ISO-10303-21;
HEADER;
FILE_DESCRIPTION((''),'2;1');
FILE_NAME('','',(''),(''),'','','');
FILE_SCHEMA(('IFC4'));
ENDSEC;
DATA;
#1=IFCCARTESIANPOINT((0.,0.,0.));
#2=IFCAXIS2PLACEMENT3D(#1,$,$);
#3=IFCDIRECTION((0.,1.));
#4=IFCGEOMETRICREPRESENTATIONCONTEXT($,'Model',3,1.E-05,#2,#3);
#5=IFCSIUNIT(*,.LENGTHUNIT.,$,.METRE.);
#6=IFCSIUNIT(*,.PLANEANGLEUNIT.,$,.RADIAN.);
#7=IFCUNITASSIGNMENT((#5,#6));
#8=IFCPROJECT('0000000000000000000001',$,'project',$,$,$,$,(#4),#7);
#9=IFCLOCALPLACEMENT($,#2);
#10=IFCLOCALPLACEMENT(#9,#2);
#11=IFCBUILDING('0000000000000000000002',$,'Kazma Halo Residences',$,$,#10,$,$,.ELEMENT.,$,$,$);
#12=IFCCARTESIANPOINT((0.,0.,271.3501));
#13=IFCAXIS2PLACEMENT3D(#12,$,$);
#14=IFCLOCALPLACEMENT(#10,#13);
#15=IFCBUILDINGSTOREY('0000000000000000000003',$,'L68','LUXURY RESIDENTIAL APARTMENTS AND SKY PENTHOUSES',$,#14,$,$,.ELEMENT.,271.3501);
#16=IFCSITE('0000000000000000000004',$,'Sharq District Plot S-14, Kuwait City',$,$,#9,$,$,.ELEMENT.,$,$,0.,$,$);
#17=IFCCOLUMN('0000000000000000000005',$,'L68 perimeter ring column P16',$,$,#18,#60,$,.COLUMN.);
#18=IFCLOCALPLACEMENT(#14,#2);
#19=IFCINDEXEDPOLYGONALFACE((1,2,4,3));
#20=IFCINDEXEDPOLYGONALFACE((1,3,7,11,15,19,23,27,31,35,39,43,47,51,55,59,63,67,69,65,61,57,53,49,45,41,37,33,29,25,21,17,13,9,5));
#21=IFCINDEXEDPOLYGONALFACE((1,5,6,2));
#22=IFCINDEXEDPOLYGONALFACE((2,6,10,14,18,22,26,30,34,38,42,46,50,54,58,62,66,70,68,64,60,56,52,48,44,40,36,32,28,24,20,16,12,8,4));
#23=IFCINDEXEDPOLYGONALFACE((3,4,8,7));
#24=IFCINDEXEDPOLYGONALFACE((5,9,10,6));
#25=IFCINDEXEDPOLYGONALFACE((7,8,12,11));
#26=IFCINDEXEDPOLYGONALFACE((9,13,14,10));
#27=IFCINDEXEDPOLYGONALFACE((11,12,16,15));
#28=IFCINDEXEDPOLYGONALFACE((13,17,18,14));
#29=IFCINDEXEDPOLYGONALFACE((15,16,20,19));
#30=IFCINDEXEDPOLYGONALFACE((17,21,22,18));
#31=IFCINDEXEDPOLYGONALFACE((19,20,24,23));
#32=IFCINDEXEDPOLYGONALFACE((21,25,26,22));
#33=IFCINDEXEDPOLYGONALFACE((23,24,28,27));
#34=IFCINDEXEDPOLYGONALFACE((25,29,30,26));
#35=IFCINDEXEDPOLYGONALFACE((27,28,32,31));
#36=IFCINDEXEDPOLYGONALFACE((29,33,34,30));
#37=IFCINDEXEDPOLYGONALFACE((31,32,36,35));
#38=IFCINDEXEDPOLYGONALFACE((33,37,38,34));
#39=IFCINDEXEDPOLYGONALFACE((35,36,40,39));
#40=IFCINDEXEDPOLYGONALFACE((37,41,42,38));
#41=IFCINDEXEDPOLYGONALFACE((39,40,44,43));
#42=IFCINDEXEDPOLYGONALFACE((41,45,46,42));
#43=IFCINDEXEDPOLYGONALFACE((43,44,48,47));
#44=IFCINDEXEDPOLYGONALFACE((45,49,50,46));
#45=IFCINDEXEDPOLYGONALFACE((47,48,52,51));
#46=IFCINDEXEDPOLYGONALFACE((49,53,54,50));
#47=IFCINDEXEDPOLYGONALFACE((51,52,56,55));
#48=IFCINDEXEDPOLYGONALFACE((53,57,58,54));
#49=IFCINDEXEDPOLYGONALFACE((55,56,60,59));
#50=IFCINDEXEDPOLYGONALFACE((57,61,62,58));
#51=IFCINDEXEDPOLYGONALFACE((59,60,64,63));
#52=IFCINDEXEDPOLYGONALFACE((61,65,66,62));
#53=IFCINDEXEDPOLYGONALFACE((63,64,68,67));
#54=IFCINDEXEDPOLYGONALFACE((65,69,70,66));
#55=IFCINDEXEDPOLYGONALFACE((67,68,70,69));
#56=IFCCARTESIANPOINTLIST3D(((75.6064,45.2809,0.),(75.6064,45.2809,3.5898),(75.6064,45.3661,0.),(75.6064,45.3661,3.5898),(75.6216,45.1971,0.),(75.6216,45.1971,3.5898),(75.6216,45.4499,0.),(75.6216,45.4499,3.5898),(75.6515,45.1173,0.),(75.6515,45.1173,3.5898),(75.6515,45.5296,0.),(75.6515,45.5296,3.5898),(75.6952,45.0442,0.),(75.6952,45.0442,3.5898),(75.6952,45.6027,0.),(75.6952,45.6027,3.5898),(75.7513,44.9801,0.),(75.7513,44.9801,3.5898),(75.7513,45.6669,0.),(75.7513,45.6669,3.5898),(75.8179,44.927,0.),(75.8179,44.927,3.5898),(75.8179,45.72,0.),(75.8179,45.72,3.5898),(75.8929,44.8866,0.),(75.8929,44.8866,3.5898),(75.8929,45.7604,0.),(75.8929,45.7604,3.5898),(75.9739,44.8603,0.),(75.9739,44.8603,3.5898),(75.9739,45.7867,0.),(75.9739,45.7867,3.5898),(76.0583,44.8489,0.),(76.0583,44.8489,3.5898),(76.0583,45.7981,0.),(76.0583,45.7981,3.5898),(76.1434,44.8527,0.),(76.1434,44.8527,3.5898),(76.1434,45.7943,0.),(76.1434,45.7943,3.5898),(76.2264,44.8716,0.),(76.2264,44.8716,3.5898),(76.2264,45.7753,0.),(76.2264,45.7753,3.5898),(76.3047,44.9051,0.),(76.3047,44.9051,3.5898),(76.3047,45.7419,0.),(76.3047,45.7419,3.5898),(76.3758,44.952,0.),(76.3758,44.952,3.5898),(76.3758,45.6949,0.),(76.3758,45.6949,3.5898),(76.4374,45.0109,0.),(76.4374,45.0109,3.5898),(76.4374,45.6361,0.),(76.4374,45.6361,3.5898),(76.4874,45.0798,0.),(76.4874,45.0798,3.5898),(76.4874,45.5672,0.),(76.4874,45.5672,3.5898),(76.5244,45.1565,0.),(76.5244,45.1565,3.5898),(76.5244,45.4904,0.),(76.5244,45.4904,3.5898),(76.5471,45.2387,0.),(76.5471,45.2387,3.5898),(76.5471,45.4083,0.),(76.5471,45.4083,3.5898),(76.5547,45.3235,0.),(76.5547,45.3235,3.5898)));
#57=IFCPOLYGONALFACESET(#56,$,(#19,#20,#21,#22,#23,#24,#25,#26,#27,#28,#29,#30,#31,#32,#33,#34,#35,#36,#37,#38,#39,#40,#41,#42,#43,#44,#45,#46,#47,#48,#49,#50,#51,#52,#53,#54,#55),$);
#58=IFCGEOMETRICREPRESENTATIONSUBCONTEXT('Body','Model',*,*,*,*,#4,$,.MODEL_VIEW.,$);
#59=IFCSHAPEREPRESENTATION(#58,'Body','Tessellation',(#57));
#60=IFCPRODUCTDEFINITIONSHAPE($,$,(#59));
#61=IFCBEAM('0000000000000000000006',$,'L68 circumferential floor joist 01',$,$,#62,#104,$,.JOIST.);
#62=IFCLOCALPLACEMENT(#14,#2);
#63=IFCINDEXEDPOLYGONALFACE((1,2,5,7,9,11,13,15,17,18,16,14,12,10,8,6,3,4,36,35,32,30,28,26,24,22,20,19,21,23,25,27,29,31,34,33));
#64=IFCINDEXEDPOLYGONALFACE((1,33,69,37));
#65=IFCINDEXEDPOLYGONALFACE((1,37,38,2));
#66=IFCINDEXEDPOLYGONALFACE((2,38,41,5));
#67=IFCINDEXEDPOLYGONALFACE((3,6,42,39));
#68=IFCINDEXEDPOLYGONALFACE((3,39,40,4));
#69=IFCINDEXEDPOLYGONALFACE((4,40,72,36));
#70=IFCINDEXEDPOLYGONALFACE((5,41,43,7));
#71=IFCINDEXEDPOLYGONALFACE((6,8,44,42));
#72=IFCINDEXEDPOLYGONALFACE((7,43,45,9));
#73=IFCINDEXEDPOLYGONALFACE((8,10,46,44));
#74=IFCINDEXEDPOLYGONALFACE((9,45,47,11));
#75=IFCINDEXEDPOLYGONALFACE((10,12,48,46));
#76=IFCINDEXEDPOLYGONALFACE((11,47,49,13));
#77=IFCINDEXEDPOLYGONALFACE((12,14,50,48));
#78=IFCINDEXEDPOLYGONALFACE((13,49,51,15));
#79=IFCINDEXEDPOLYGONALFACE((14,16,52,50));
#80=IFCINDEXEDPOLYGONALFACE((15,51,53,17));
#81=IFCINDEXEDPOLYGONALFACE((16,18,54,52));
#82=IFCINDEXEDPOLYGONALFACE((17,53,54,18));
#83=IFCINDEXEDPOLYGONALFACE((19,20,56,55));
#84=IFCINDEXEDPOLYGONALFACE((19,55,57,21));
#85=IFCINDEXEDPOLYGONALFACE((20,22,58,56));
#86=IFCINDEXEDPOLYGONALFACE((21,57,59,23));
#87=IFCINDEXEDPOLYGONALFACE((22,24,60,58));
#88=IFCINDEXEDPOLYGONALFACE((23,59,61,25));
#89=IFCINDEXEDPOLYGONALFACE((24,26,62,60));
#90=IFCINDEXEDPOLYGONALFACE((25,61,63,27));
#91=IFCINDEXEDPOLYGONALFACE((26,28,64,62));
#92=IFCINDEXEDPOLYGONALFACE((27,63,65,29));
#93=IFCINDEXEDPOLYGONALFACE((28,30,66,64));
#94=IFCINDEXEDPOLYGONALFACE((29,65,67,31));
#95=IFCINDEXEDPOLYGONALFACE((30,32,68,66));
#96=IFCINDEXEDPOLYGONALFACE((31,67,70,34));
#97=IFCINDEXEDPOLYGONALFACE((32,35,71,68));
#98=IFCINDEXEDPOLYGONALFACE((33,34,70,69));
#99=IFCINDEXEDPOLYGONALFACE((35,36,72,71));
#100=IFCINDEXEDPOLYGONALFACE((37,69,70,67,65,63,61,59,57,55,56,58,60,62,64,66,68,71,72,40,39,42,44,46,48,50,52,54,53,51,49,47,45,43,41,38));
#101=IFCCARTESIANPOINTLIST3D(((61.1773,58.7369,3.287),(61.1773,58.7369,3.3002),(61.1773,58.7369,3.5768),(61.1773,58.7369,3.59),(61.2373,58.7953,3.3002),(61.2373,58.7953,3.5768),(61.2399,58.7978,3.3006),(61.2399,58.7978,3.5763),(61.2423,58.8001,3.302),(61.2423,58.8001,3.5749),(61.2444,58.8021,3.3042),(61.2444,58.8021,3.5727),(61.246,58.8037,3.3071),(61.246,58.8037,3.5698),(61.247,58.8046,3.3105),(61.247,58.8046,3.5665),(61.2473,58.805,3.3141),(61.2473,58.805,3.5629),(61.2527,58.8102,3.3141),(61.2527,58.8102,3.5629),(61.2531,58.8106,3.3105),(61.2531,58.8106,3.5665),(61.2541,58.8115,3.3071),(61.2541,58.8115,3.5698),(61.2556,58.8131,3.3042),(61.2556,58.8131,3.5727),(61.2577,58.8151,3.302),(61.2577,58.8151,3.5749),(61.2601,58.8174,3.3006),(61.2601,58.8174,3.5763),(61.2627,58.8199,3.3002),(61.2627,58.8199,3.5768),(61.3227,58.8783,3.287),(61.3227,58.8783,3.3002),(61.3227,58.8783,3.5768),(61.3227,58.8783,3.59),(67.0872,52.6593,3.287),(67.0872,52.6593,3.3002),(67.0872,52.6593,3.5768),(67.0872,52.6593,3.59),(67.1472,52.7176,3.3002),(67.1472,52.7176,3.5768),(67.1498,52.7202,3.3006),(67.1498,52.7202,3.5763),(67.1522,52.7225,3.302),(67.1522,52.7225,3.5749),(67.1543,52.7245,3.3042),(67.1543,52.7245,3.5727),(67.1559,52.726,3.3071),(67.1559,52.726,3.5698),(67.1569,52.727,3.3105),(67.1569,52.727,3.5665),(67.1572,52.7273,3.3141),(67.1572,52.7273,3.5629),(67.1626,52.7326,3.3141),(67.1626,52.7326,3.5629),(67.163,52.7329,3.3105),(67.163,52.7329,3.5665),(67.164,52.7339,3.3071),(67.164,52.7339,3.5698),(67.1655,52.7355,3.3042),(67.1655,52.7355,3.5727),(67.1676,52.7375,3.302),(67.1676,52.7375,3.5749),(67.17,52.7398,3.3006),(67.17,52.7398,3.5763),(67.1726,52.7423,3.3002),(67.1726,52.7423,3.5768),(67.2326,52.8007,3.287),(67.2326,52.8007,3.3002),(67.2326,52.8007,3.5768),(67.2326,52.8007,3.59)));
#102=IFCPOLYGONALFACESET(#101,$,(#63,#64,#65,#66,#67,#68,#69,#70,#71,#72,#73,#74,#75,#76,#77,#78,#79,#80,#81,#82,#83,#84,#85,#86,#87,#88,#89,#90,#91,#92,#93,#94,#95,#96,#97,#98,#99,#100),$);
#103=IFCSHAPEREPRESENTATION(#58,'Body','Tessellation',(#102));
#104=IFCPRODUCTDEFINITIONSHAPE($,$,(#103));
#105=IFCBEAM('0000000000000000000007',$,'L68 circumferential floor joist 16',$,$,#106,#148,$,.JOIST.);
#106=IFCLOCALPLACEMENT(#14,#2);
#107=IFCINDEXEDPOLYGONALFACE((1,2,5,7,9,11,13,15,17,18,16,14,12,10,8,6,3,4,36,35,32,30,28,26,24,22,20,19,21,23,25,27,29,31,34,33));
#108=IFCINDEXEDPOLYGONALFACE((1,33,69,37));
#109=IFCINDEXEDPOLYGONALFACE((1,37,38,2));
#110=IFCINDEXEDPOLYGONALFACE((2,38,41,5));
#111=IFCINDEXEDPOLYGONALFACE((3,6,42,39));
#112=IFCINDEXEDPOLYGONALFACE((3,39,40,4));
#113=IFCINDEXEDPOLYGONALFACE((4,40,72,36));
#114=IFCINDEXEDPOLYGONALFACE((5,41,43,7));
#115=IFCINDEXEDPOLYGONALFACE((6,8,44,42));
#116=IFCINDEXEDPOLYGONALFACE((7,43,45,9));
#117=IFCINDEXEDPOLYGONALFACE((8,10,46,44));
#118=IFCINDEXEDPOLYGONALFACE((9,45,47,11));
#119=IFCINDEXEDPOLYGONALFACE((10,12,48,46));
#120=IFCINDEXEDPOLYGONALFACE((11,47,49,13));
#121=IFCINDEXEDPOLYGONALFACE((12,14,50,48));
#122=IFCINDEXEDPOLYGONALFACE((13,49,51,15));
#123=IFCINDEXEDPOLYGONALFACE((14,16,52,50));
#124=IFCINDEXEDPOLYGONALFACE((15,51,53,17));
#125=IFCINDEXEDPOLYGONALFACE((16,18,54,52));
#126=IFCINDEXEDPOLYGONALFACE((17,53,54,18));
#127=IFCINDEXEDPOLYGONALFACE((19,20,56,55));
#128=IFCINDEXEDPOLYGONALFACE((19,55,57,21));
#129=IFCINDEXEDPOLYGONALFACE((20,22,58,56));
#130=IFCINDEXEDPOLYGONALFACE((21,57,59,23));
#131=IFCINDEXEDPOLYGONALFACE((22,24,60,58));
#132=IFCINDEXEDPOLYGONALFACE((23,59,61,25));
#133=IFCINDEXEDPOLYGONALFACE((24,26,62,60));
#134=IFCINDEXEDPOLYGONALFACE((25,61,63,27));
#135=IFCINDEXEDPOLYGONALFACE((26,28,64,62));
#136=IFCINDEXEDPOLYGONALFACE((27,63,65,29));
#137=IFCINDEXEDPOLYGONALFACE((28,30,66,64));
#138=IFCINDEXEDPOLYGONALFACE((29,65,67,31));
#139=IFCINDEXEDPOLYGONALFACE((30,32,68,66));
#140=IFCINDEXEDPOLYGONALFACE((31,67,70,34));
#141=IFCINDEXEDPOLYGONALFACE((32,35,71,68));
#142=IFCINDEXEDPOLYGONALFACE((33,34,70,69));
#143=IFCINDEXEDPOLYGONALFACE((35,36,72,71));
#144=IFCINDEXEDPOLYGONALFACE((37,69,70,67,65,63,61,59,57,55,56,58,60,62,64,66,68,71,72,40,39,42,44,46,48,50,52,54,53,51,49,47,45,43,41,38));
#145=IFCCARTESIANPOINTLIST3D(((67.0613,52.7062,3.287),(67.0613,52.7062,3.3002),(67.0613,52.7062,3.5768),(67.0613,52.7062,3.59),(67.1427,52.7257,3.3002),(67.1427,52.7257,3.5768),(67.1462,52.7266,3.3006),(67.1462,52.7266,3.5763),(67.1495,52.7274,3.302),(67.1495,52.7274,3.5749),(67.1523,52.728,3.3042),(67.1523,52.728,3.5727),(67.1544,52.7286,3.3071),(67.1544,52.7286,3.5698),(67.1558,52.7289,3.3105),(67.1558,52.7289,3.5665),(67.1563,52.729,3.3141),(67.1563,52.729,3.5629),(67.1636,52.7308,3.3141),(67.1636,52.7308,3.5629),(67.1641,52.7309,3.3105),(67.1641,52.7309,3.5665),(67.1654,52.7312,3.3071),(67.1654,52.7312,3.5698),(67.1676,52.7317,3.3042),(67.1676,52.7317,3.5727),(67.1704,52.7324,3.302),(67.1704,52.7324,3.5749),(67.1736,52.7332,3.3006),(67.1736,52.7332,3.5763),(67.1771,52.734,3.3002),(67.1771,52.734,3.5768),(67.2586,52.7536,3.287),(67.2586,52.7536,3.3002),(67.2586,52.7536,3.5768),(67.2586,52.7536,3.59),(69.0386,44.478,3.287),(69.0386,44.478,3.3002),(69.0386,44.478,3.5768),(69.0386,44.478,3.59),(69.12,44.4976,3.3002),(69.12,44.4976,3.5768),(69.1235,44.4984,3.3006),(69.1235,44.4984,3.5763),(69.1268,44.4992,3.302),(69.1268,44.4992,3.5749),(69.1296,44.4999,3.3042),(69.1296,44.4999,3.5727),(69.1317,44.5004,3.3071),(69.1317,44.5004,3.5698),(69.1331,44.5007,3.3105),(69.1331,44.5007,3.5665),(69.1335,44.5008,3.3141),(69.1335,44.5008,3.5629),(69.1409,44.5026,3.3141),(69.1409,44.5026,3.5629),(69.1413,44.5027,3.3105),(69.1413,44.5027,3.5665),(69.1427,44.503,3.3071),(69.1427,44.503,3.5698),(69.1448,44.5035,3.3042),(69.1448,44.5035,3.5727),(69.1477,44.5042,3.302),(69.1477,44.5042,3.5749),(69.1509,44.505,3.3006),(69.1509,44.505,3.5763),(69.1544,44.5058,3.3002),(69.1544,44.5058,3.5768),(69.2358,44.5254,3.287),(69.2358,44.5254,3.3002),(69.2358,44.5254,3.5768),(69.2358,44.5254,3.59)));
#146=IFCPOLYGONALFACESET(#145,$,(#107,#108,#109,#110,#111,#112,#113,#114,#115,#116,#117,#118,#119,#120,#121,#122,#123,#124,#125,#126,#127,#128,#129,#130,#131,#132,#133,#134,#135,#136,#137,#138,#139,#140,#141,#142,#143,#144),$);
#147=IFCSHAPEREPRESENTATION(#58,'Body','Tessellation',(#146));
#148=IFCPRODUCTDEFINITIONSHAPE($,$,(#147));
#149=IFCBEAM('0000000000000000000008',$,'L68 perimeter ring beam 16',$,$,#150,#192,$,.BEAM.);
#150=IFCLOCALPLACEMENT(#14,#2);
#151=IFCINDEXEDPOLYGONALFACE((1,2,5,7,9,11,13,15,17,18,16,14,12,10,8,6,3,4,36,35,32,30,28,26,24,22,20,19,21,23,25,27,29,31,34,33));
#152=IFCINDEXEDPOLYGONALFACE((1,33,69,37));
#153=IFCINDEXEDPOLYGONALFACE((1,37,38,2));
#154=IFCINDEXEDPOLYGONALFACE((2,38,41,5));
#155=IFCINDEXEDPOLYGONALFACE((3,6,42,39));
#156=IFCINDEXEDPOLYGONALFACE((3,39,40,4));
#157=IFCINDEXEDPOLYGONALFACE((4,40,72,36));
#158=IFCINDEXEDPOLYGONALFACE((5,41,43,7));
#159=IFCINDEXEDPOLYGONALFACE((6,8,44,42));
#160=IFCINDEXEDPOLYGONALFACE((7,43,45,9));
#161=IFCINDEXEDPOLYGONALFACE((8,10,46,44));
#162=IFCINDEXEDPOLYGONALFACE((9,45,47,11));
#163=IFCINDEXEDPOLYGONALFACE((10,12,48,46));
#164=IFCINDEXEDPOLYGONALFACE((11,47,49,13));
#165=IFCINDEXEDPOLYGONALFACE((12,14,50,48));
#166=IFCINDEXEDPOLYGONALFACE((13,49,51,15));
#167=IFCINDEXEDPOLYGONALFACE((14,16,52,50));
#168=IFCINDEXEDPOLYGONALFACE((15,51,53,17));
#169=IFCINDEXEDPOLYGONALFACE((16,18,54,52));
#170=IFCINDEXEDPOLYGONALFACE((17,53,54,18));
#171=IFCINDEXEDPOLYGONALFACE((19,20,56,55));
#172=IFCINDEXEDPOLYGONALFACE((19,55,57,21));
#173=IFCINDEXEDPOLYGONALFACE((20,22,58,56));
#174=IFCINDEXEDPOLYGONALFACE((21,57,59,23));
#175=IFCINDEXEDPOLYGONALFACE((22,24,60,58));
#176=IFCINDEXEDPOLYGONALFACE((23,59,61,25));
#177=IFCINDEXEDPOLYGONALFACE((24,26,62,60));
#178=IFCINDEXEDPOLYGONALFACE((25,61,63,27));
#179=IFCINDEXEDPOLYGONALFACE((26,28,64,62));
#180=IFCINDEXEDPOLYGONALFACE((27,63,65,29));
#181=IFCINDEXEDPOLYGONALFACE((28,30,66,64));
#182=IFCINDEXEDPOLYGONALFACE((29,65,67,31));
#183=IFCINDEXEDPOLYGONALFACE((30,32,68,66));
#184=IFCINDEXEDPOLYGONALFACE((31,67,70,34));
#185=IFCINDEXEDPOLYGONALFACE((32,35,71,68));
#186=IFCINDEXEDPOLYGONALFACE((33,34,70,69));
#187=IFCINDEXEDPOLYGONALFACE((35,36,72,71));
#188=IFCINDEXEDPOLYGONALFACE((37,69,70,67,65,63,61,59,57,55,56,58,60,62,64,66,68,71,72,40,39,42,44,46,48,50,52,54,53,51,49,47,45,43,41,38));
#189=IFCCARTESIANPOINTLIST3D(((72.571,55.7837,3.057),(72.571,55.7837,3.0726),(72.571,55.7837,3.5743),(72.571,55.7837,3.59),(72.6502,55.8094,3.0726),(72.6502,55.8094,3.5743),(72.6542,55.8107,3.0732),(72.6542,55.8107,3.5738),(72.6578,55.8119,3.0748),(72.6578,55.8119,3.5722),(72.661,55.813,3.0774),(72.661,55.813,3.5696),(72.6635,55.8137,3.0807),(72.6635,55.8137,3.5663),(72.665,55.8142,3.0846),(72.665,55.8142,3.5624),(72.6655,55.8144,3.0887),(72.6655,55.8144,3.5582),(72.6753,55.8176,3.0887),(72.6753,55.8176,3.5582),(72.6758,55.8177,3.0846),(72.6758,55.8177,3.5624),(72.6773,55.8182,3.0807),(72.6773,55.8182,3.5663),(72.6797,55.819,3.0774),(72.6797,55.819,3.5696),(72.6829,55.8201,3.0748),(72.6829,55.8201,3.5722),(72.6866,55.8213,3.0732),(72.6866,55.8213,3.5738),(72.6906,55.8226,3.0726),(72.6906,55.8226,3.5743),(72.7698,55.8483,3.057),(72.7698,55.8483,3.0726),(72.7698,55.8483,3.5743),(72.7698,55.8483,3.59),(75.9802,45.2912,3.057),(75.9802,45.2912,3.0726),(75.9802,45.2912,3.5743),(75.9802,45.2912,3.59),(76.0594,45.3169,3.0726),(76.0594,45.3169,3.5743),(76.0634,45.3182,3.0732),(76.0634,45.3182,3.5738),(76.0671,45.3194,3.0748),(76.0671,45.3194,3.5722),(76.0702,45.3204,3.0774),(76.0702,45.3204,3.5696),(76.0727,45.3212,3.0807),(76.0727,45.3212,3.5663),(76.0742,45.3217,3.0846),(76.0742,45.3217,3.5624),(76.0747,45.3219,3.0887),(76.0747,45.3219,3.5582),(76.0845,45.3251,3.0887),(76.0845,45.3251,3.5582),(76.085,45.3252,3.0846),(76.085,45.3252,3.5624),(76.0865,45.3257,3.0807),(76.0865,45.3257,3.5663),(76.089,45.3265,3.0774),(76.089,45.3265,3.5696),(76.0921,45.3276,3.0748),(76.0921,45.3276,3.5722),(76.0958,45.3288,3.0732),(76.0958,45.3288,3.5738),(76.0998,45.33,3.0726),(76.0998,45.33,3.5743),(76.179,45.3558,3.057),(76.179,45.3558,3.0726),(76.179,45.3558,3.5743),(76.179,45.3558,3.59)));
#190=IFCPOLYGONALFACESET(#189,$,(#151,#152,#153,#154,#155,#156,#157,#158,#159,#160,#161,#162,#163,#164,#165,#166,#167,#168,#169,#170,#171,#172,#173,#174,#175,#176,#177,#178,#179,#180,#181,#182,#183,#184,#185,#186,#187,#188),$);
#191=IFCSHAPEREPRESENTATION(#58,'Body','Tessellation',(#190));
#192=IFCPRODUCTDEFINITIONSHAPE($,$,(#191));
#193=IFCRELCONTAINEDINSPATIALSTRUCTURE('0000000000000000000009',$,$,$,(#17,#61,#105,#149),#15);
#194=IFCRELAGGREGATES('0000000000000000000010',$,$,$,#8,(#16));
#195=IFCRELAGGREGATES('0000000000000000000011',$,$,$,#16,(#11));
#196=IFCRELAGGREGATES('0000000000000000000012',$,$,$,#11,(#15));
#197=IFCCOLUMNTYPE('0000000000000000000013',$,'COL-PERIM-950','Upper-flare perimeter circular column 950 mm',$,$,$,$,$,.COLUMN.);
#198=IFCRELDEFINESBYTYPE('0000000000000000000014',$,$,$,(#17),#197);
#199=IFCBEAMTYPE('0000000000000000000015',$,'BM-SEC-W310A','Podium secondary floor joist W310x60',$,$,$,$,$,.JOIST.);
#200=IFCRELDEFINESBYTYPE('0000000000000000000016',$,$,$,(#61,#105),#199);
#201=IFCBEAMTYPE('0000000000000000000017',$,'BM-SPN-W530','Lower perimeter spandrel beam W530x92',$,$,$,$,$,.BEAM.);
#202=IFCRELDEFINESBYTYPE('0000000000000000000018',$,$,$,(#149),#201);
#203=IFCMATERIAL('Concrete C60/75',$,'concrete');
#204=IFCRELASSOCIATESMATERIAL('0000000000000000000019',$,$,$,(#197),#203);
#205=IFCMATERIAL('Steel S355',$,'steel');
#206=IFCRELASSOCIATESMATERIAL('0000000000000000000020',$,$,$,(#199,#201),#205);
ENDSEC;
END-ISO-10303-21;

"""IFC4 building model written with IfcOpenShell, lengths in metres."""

from ifc_helpers import new_model, si_unit, direction, frame, origin, origin_2d, place, context, subcontext, project, spatial, circle, i_section, extrude, material, material_profile, profile_set, type_object, element, save


model = new_model("IFC4")

# Units and contexts
model_context = context("Model", 3, precision=1e-05, world=origin(), true_north=direction((0.0, 1.0)))
body_context = subcontext(model_context, "Body", "Model", "MODEL_VIEW")
ifc_project = project(units=[si_unit("LENGTHUNIT", "METRE"), si_unit("PLANEANGLEUNIT", "RADIAN")], contexts=[model_context])

# Site, building, storey
site_placement = place(None, origin())
site = spatial("IfcSite", under=ifc_project, at=site_placement, Name="Sharq District Plot S-14, Kuwait City", CompositionType="ELEMENT", RefElevation=0.0)
building_placement = place(site_placement, origin())
building = spatial("IfcBuilding", under=site, at=building_placement, Name="Kazma Halo Residences", CompositionType="ELEMENT")
storey_placement = place(building_placement, frame((0.0, 0.0, 271.3501)))
storey = spatial("IfcBuildingStorey", under=building, at=storey_placement, Name="L68", Description="LUXURY RESIDENTIAL APARTMENTS AND SKY PENTHOUSES", CompositionType="ELEMENT", Elevation=271.3501)

# Column
ifc_material_1 = material(Name="Concrete C60/75", Category="concrete")
ifc_material_profile_1 = material_profile(ifc_material_1, circle(Radius=0.4751, at=origin_2d()), Name="CIRC950")
ifc_profile_set_1 = profile_set([ifc_material_profile_1], Name="Concrete C60/75")
column_type = type_object("IfcColumnType", Name="COL-PERIM-950", Description="Upper-flare perimeter circular column 950 mm", PredefinedType="COLUMN", material=ifc_profile_set_1)
column_placement = place(storey_placement, frame((76.0796, 45.3235, 0.0), z_axis=(0.0, 0.0, 1.0), x_axis=(1.0, 0.0, 0.0)))
element("IfcColumn", 1, at=column_placement, inside=storey, type_object=column_type, Name="L68 perimeter ring column P16", PredefinedType="COLUMN", context=body_context, shape_type="SweptSolid", body=[
    extrude(circle(Radius=0.4751, at=origin_2d()), origin(), (0.0, 0.0, 1.0), 3.5898),
])

# Beams
ifc_material_2 = material(Name="Steel S355", Category="steel")
ifc_material_profile_2 = material_profile(ifc_material_2, i_section(OverallWidth=0.2029, OverallDepth=0.303, WebThickness=0.0076, FlangeThickness=0.0132, FilletRadius=0.0139, at=origin_2d()), Name="W310x60")
ifc_profile_set_2 = profile_set([ifc_material_profile_2], Name="Steel S355")
beam_type_1 = type_object("IfcBeamType", Name="BM-SEC-W310A", Description="Podium secondary floor joist W310x60", PredefinedType="JOIST", material=ifc_profile_set_2)
beam_1_placement = place(storey_placement, frame((67.1599, 52.73, 3.4385), z_axis=(-0.697145, 0.71693, 0.0), x_axis=(-0.71693, -0.697145, 0.0)))
element("IfcBeam", 2, at=beam_1_placement, inside=storey, type_object=beam_type_1, Name="L68 circumferential floor joist 01", PredefinedType="JOIST", context=body_context, shape_type="SweptSolid", body=[
    extrude(i_section(OverallWidth=0.2029, OverallDepth=0.303, WebThickness=0.0076, FlangeThickness=0.0132, FilletRadius=0.0139, at=origin_2d()), origin(), (0.0, 0.0, 1.0), 8.4773),
])
beam_2_placement = place(storey_placement, frame((69.1372, 44.5017, 3.4385), z_axis=(-0.233653, 0.97232, 0.0), x_axis=(-0.97232, -0.233653, 0.0)))
element("IfcBeam", 3, at=beam_2_placement, inside=storey, type_object=beam_type_1, Name="L68 circumferential floor joist 16", PredefinedType="JOIST", context=body_context, shape_type="SweptSolid", body=[
    extrude(i_section(OverallWidth=0.2029, OverallDepth=0.303, WebThickness=0.0076, FlangeThickness=0.0132, FilletRadius=0.0139, at=origin_2d()), origin(), (0.0, 0.0, 1.0), 8.4624),
])
ifc_material_profile_3 = material_profile(ifc_material_2, i_section(OverallWidth=0.209, OverallDepth=0.533, WebThickness=0.0103, FlangeThickness=0.0156, FilletRadius=0.0161, at=origin_2d()), Name="W530x92")
ifc_profile_set_3 = profile_set([ifc_material_profile_3], Name="Steel S355")
beam_type_2 = type_object("IfcBeamType", Name="BM-SPN-W530", Description="Lower perimeter spandrel beam W530x92", PredefinedType="BEAM", material=ifc_profile_set_3)
beam_3_placement = place(storey_placement, frame((76.0796, 45.3235, 3.3235), z_axis=(-0.309016, 0.951057, 0.0), x_axis=(-0.951057, -0.309016, 0.0)))
element("IfcBeam", 4, at=beam_3_placement, inside=storey, type_object=beam_type_2, Name="L68 perimeter ring beam 16", PredefinedType="BEAM", context=body_context, shape_type="SweptSolid", body=[
    extrude(i_section(OverallWidth=0.209, OverallDepth=0.533, WebThickness=0.0103, FlangeThickness=0.0156, FilletRadius=0.0161, at=origin_2d()), origin(), (0.0, 0.0, 1.0), 11.0325),
])

save(model, "model.ifc")
